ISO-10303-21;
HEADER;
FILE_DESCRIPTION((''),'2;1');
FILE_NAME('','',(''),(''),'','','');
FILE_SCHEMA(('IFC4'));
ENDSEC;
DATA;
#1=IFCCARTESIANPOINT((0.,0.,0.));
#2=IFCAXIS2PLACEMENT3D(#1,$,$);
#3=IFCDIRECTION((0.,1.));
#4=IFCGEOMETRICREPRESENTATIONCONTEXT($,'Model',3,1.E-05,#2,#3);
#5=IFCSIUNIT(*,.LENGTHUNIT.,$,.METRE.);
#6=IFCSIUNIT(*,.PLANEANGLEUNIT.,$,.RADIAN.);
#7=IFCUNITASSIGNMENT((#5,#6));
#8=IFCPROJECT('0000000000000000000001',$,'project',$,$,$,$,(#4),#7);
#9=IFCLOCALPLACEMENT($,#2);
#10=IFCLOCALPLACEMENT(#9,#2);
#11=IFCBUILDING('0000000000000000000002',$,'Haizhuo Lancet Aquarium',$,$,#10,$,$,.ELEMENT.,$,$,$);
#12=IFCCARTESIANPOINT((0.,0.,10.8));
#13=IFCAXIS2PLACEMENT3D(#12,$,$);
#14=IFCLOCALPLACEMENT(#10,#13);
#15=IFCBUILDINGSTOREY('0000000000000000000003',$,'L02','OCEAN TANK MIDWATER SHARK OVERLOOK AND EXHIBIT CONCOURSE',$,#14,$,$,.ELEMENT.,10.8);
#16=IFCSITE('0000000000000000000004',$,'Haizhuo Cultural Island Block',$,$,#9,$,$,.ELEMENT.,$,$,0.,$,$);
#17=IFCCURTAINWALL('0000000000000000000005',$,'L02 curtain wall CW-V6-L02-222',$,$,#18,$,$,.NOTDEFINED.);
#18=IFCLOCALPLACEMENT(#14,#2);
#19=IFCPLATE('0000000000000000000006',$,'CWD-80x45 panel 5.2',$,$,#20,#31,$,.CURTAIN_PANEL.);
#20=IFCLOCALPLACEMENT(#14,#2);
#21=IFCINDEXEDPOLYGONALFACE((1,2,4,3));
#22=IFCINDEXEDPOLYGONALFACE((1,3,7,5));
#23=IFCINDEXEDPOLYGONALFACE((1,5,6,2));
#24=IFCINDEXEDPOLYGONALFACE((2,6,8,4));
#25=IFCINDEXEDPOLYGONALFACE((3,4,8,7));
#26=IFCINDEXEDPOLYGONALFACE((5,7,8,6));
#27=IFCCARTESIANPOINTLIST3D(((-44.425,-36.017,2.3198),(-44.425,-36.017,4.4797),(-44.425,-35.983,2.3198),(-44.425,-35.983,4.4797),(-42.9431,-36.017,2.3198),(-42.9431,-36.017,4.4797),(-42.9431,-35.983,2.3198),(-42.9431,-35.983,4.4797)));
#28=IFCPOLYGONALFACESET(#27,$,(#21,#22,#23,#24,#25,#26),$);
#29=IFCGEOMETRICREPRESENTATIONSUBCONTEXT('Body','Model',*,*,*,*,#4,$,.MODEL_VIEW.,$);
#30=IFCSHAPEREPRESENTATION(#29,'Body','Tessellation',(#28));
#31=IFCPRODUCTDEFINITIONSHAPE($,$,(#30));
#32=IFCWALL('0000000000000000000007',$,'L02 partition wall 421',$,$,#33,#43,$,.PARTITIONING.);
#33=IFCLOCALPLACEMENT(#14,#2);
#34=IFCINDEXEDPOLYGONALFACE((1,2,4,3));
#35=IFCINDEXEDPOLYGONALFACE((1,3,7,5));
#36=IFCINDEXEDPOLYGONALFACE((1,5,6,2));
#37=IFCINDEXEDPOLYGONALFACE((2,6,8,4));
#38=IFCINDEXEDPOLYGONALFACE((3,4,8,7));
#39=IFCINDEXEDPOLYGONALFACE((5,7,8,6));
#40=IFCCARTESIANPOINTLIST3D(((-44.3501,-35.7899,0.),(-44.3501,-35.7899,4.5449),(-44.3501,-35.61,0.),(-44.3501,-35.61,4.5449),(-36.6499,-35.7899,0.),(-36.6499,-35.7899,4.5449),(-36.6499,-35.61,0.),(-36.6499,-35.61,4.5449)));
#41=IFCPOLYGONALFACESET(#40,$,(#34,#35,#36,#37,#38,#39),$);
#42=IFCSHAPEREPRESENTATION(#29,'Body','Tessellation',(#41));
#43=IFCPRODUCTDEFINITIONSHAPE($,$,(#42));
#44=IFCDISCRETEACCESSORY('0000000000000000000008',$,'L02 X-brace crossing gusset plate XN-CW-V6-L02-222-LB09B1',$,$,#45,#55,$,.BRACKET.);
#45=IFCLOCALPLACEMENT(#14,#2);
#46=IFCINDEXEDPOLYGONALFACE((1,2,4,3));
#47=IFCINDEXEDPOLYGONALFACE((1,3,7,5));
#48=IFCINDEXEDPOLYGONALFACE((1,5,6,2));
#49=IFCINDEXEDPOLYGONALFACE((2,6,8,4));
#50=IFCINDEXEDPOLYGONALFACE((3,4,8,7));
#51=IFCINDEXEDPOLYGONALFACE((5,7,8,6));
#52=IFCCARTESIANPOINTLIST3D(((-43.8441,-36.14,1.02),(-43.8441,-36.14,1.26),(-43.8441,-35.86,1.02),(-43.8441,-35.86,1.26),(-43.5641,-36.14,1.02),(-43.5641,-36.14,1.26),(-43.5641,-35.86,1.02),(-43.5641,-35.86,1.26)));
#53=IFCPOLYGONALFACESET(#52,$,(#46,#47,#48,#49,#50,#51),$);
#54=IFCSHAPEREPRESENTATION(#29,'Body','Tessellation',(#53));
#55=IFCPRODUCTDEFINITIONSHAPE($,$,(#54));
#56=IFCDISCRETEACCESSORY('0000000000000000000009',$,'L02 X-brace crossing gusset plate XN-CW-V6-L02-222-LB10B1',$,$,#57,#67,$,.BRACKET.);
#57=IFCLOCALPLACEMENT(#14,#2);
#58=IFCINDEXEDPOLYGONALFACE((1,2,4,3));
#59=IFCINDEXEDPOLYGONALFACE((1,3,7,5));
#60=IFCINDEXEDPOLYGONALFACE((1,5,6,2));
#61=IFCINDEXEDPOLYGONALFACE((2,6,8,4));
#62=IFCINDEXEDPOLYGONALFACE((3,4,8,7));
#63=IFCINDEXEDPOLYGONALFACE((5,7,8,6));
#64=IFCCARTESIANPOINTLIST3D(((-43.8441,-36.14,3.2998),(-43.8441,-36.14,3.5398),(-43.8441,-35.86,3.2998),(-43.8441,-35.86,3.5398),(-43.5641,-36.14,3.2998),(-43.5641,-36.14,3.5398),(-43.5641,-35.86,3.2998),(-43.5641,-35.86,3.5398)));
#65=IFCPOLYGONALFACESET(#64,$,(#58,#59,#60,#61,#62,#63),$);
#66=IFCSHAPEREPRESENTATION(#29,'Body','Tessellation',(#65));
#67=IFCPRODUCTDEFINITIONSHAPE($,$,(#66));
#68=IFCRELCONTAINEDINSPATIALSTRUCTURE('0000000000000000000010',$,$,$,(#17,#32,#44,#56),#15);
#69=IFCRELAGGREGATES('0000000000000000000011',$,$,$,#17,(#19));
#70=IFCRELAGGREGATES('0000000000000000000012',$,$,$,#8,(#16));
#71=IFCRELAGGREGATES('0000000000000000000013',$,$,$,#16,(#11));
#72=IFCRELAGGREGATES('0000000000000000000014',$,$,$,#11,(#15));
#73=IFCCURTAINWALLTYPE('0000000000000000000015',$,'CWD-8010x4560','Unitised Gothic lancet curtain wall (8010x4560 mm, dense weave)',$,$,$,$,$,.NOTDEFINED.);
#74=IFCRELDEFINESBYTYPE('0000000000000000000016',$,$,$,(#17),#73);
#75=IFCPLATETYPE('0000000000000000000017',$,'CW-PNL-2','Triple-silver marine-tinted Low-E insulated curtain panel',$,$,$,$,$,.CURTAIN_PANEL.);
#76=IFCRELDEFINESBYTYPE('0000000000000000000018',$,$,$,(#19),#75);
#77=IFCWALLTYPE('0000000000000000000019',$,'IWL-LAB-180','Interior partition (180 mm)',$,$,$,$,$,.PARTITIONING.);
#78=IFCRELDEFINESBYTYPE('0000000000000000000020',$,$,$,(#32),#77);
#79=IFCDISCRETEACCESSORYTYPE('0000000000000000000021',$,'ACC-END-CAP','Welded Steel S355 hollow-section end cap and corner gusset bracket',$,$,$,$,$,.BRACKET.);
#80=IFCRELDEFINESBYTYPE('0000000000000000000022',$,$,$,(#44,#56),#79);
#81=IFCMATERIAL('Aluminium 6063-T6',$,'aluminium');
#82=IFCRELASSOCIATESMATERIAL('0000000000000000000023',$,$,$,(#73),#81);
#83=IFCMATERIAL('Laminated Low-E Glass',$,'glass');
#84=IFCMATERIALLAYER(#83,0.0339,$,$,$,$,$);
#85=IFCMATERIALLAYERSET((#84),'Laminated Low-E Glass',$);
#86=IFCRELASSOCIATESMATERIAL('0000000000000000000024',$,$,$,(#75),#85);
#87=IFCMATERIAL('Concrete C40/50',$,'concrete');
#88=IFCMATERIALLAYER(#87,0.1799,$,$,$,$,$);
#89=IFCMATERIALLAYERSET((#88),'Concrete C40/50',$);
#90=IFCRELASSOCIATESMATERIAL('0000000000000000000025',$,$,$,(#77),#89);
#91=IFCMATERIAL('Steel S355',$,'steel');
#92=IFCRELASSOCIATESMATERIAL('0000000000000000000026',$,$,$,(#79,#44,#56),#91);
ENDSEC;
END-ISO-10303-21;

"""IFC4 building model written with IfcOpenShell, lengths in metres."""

from ifc_helpers import new_model, si_unit, direction, frame, frame_2d, origin, origin_2d, place, context, subcontext, project, spatial, rectangle, extrude, material, layer, layer_set, type_object, element, aggregate, save


model = new_model("IFC4")

# Units and contexts
model_context = context("Model", 3, precision=1e-05, world=origin(), true_north=direction((0.0, 1.0)))
body_context = subcontext(model_context, "Body", "Model", "MODEL_VIEW")
ifc_project = project(units=[si_unit("LENGTHUNIT", "METRE"), si_unit("PLANEANGLEUNIT", "RADIAN")], contexts=[model_context])

# Site, building, storey
site_placement = place(None, origin())
site = spatial("IfcSite", under=ifc_project, at=site_placement, Name="Haizhuo Cultural Island Block", CompositionType="ELEMENT", RefElevation=0.0)
building_placement = place(site_placement, origin())
building = spatial("IfcBuilding", under=site, at=building_placement, Name="Haizhuo Lancet Aquarium", CompositionType="ELEMENT")
storey_placement = place(building_placement, frame((0.0, 0.0, 10.8)))
storey = spatial("IfcBuildingStorey", under=building, at=storey_placement, Name="L02", Description="OCEAN TANK MIDWATER SHARK OVERLOOK AND EXHIBIT CONCOURSE", CompositionType="ELEMENT", Elevation=10.8)

# Shared definitions
ifc_material_1 = material(Name="Concrete C40/50", Category="concrete")

# Shared definitions
ifc_material_2 = material(Name="Steel S355", Category="steel")

# Curtain wall
ifc_material_3 = material(Name="Aluminium 6063-T6", Category="aluminium")
curtain_wall_type = type_object("IfcCurtainWallType", Name="CWD-8010x4560", Description="Unitised Gothic lancet curtain wall (8010x4560 mm, dense weave)", PredefinedType="NOTDEFINED", material=ifc_material_3)
curtain_wall_placement = place(storey_placement, origin())
curtain_wall = element("IfcCurtainWall", 1, at=curtain_wall_placement, inside=storey, type_object=curtain_wall_type, Name="L02 curtain wall CW-V6-L02-222", PredefinedType="NOTDEFINED")

# Plate
ifc_material_4 = material(Name="Laminated Low-E Glass", Category="glass")
ifc_layer_1 = layer(ifc_material_4, 0.0339)
ifc_layer_set_1 = layer_set([ifc_layer_1], Name="Laminated Low-E Glass")
plate_type = type_object("IfcPlateType", Name="CW-PNL-2", Description="Triple-silver marine-tinted Low-E insulated curtain panel", PredefinedType="CURTAIN_PANEL", material=ifc_layer_set_1)
plate_1_placement = place(storey_placement, frame((-43.6841, -36.0, 2.3198), z_axis=(0.0, 0.0, 1.0), x_axis=(-1.0, 0.0, 0.0)))
plate_1 = element("IfcPlate", 2, at=plate_1_placement, type_object=plate_type, Name="CWD-80x45 panel 5.2", PredefinedType="CURTAIN_PANEL", context=body_context, shape_type="SweptSolid", body=[
    extrude(rectangle(XDim=1.4819, YDim=0.0339, at=origin_2d()), origin(), (0.0, 0.0, 1.0), 2.1599),
])
aggregate(curtain_wall, [plate_1])

# Wall
ifc_layer_2 = layer(ifc_material_1, 0.1799)
ifc_layer_set_2 = layer_set([ifc_layer_2], Name="Concrete C40/50")
wall_type = type_object("IfcWallType", Name="IWL-LAB-180", Description="Interior partition (180 mm)", PredefinedType="PARTITIONING", material=ifc_layer_set_2)
wall_placement = place(storey_placement, frame((-44.3501, -35.7, 0.0), z_axis=(0.0, 0.0, 1.0), x_axis=(1.0, 0.0, 0.0)))
element("IfcWall", 3, at=wall_placement, inside=storey, type_object=wall_type, Name="L02 partition wall 421", PredefinedType="PARTITIONING", context=body_context, shape_type="SweptSolid", body=[
    extrude(rectangle(XDim=7.7002, YDim=0.1799, at=frame_2d((3.8501, 0.0))), origin(), (0.0, 0.0, 1.0), 4.5449),
])

# Discrete accessories
discrete_accessory_type = type_object("IfcDiscreteAccessoryType", Name="ACC-END-CAP", Description="Welded Steel S355 hollow-section end cap and corner gusset bracket", PredefinedType="BRACKET", material=ifc_material_2)
for number, where, z_axis, x_axis, name in (
    (4, (-43.7041, -36.0, 1.02), (0.0, 0.0, 1.0), (1.0, 0.0, 0.0), "L02 X-brace crossing gusset plate XN-CW-V6-L02-222-LB09B1"),
    (5, (-43.7041, -36.0, 3.2998), (0.0, 0.0, 1.0), (1.0, 0.0, 0.0), "L02 X-brace crossing gusset plate XN-CW-V6-L02-222-LB10B1"),
):
    element("IfcDiscreteAccessory", number, at=place(storey_placement, frame(where, z_axis=z_axis, x_axis=x_axis)), inside=storey, type_object=discrete_accessory_type, material=ifc_material_2, Name=name, PredefinedType="BRACKET", context=body_context, shape_type="SweptSolid", body=[
        extrude(rectangle(XDim=0.28, YDim=0.28, at=origin_2d()), origin(), (0.0, 0.0, 1.0), 0.24),
    ])

save(model, "model.ifc")
